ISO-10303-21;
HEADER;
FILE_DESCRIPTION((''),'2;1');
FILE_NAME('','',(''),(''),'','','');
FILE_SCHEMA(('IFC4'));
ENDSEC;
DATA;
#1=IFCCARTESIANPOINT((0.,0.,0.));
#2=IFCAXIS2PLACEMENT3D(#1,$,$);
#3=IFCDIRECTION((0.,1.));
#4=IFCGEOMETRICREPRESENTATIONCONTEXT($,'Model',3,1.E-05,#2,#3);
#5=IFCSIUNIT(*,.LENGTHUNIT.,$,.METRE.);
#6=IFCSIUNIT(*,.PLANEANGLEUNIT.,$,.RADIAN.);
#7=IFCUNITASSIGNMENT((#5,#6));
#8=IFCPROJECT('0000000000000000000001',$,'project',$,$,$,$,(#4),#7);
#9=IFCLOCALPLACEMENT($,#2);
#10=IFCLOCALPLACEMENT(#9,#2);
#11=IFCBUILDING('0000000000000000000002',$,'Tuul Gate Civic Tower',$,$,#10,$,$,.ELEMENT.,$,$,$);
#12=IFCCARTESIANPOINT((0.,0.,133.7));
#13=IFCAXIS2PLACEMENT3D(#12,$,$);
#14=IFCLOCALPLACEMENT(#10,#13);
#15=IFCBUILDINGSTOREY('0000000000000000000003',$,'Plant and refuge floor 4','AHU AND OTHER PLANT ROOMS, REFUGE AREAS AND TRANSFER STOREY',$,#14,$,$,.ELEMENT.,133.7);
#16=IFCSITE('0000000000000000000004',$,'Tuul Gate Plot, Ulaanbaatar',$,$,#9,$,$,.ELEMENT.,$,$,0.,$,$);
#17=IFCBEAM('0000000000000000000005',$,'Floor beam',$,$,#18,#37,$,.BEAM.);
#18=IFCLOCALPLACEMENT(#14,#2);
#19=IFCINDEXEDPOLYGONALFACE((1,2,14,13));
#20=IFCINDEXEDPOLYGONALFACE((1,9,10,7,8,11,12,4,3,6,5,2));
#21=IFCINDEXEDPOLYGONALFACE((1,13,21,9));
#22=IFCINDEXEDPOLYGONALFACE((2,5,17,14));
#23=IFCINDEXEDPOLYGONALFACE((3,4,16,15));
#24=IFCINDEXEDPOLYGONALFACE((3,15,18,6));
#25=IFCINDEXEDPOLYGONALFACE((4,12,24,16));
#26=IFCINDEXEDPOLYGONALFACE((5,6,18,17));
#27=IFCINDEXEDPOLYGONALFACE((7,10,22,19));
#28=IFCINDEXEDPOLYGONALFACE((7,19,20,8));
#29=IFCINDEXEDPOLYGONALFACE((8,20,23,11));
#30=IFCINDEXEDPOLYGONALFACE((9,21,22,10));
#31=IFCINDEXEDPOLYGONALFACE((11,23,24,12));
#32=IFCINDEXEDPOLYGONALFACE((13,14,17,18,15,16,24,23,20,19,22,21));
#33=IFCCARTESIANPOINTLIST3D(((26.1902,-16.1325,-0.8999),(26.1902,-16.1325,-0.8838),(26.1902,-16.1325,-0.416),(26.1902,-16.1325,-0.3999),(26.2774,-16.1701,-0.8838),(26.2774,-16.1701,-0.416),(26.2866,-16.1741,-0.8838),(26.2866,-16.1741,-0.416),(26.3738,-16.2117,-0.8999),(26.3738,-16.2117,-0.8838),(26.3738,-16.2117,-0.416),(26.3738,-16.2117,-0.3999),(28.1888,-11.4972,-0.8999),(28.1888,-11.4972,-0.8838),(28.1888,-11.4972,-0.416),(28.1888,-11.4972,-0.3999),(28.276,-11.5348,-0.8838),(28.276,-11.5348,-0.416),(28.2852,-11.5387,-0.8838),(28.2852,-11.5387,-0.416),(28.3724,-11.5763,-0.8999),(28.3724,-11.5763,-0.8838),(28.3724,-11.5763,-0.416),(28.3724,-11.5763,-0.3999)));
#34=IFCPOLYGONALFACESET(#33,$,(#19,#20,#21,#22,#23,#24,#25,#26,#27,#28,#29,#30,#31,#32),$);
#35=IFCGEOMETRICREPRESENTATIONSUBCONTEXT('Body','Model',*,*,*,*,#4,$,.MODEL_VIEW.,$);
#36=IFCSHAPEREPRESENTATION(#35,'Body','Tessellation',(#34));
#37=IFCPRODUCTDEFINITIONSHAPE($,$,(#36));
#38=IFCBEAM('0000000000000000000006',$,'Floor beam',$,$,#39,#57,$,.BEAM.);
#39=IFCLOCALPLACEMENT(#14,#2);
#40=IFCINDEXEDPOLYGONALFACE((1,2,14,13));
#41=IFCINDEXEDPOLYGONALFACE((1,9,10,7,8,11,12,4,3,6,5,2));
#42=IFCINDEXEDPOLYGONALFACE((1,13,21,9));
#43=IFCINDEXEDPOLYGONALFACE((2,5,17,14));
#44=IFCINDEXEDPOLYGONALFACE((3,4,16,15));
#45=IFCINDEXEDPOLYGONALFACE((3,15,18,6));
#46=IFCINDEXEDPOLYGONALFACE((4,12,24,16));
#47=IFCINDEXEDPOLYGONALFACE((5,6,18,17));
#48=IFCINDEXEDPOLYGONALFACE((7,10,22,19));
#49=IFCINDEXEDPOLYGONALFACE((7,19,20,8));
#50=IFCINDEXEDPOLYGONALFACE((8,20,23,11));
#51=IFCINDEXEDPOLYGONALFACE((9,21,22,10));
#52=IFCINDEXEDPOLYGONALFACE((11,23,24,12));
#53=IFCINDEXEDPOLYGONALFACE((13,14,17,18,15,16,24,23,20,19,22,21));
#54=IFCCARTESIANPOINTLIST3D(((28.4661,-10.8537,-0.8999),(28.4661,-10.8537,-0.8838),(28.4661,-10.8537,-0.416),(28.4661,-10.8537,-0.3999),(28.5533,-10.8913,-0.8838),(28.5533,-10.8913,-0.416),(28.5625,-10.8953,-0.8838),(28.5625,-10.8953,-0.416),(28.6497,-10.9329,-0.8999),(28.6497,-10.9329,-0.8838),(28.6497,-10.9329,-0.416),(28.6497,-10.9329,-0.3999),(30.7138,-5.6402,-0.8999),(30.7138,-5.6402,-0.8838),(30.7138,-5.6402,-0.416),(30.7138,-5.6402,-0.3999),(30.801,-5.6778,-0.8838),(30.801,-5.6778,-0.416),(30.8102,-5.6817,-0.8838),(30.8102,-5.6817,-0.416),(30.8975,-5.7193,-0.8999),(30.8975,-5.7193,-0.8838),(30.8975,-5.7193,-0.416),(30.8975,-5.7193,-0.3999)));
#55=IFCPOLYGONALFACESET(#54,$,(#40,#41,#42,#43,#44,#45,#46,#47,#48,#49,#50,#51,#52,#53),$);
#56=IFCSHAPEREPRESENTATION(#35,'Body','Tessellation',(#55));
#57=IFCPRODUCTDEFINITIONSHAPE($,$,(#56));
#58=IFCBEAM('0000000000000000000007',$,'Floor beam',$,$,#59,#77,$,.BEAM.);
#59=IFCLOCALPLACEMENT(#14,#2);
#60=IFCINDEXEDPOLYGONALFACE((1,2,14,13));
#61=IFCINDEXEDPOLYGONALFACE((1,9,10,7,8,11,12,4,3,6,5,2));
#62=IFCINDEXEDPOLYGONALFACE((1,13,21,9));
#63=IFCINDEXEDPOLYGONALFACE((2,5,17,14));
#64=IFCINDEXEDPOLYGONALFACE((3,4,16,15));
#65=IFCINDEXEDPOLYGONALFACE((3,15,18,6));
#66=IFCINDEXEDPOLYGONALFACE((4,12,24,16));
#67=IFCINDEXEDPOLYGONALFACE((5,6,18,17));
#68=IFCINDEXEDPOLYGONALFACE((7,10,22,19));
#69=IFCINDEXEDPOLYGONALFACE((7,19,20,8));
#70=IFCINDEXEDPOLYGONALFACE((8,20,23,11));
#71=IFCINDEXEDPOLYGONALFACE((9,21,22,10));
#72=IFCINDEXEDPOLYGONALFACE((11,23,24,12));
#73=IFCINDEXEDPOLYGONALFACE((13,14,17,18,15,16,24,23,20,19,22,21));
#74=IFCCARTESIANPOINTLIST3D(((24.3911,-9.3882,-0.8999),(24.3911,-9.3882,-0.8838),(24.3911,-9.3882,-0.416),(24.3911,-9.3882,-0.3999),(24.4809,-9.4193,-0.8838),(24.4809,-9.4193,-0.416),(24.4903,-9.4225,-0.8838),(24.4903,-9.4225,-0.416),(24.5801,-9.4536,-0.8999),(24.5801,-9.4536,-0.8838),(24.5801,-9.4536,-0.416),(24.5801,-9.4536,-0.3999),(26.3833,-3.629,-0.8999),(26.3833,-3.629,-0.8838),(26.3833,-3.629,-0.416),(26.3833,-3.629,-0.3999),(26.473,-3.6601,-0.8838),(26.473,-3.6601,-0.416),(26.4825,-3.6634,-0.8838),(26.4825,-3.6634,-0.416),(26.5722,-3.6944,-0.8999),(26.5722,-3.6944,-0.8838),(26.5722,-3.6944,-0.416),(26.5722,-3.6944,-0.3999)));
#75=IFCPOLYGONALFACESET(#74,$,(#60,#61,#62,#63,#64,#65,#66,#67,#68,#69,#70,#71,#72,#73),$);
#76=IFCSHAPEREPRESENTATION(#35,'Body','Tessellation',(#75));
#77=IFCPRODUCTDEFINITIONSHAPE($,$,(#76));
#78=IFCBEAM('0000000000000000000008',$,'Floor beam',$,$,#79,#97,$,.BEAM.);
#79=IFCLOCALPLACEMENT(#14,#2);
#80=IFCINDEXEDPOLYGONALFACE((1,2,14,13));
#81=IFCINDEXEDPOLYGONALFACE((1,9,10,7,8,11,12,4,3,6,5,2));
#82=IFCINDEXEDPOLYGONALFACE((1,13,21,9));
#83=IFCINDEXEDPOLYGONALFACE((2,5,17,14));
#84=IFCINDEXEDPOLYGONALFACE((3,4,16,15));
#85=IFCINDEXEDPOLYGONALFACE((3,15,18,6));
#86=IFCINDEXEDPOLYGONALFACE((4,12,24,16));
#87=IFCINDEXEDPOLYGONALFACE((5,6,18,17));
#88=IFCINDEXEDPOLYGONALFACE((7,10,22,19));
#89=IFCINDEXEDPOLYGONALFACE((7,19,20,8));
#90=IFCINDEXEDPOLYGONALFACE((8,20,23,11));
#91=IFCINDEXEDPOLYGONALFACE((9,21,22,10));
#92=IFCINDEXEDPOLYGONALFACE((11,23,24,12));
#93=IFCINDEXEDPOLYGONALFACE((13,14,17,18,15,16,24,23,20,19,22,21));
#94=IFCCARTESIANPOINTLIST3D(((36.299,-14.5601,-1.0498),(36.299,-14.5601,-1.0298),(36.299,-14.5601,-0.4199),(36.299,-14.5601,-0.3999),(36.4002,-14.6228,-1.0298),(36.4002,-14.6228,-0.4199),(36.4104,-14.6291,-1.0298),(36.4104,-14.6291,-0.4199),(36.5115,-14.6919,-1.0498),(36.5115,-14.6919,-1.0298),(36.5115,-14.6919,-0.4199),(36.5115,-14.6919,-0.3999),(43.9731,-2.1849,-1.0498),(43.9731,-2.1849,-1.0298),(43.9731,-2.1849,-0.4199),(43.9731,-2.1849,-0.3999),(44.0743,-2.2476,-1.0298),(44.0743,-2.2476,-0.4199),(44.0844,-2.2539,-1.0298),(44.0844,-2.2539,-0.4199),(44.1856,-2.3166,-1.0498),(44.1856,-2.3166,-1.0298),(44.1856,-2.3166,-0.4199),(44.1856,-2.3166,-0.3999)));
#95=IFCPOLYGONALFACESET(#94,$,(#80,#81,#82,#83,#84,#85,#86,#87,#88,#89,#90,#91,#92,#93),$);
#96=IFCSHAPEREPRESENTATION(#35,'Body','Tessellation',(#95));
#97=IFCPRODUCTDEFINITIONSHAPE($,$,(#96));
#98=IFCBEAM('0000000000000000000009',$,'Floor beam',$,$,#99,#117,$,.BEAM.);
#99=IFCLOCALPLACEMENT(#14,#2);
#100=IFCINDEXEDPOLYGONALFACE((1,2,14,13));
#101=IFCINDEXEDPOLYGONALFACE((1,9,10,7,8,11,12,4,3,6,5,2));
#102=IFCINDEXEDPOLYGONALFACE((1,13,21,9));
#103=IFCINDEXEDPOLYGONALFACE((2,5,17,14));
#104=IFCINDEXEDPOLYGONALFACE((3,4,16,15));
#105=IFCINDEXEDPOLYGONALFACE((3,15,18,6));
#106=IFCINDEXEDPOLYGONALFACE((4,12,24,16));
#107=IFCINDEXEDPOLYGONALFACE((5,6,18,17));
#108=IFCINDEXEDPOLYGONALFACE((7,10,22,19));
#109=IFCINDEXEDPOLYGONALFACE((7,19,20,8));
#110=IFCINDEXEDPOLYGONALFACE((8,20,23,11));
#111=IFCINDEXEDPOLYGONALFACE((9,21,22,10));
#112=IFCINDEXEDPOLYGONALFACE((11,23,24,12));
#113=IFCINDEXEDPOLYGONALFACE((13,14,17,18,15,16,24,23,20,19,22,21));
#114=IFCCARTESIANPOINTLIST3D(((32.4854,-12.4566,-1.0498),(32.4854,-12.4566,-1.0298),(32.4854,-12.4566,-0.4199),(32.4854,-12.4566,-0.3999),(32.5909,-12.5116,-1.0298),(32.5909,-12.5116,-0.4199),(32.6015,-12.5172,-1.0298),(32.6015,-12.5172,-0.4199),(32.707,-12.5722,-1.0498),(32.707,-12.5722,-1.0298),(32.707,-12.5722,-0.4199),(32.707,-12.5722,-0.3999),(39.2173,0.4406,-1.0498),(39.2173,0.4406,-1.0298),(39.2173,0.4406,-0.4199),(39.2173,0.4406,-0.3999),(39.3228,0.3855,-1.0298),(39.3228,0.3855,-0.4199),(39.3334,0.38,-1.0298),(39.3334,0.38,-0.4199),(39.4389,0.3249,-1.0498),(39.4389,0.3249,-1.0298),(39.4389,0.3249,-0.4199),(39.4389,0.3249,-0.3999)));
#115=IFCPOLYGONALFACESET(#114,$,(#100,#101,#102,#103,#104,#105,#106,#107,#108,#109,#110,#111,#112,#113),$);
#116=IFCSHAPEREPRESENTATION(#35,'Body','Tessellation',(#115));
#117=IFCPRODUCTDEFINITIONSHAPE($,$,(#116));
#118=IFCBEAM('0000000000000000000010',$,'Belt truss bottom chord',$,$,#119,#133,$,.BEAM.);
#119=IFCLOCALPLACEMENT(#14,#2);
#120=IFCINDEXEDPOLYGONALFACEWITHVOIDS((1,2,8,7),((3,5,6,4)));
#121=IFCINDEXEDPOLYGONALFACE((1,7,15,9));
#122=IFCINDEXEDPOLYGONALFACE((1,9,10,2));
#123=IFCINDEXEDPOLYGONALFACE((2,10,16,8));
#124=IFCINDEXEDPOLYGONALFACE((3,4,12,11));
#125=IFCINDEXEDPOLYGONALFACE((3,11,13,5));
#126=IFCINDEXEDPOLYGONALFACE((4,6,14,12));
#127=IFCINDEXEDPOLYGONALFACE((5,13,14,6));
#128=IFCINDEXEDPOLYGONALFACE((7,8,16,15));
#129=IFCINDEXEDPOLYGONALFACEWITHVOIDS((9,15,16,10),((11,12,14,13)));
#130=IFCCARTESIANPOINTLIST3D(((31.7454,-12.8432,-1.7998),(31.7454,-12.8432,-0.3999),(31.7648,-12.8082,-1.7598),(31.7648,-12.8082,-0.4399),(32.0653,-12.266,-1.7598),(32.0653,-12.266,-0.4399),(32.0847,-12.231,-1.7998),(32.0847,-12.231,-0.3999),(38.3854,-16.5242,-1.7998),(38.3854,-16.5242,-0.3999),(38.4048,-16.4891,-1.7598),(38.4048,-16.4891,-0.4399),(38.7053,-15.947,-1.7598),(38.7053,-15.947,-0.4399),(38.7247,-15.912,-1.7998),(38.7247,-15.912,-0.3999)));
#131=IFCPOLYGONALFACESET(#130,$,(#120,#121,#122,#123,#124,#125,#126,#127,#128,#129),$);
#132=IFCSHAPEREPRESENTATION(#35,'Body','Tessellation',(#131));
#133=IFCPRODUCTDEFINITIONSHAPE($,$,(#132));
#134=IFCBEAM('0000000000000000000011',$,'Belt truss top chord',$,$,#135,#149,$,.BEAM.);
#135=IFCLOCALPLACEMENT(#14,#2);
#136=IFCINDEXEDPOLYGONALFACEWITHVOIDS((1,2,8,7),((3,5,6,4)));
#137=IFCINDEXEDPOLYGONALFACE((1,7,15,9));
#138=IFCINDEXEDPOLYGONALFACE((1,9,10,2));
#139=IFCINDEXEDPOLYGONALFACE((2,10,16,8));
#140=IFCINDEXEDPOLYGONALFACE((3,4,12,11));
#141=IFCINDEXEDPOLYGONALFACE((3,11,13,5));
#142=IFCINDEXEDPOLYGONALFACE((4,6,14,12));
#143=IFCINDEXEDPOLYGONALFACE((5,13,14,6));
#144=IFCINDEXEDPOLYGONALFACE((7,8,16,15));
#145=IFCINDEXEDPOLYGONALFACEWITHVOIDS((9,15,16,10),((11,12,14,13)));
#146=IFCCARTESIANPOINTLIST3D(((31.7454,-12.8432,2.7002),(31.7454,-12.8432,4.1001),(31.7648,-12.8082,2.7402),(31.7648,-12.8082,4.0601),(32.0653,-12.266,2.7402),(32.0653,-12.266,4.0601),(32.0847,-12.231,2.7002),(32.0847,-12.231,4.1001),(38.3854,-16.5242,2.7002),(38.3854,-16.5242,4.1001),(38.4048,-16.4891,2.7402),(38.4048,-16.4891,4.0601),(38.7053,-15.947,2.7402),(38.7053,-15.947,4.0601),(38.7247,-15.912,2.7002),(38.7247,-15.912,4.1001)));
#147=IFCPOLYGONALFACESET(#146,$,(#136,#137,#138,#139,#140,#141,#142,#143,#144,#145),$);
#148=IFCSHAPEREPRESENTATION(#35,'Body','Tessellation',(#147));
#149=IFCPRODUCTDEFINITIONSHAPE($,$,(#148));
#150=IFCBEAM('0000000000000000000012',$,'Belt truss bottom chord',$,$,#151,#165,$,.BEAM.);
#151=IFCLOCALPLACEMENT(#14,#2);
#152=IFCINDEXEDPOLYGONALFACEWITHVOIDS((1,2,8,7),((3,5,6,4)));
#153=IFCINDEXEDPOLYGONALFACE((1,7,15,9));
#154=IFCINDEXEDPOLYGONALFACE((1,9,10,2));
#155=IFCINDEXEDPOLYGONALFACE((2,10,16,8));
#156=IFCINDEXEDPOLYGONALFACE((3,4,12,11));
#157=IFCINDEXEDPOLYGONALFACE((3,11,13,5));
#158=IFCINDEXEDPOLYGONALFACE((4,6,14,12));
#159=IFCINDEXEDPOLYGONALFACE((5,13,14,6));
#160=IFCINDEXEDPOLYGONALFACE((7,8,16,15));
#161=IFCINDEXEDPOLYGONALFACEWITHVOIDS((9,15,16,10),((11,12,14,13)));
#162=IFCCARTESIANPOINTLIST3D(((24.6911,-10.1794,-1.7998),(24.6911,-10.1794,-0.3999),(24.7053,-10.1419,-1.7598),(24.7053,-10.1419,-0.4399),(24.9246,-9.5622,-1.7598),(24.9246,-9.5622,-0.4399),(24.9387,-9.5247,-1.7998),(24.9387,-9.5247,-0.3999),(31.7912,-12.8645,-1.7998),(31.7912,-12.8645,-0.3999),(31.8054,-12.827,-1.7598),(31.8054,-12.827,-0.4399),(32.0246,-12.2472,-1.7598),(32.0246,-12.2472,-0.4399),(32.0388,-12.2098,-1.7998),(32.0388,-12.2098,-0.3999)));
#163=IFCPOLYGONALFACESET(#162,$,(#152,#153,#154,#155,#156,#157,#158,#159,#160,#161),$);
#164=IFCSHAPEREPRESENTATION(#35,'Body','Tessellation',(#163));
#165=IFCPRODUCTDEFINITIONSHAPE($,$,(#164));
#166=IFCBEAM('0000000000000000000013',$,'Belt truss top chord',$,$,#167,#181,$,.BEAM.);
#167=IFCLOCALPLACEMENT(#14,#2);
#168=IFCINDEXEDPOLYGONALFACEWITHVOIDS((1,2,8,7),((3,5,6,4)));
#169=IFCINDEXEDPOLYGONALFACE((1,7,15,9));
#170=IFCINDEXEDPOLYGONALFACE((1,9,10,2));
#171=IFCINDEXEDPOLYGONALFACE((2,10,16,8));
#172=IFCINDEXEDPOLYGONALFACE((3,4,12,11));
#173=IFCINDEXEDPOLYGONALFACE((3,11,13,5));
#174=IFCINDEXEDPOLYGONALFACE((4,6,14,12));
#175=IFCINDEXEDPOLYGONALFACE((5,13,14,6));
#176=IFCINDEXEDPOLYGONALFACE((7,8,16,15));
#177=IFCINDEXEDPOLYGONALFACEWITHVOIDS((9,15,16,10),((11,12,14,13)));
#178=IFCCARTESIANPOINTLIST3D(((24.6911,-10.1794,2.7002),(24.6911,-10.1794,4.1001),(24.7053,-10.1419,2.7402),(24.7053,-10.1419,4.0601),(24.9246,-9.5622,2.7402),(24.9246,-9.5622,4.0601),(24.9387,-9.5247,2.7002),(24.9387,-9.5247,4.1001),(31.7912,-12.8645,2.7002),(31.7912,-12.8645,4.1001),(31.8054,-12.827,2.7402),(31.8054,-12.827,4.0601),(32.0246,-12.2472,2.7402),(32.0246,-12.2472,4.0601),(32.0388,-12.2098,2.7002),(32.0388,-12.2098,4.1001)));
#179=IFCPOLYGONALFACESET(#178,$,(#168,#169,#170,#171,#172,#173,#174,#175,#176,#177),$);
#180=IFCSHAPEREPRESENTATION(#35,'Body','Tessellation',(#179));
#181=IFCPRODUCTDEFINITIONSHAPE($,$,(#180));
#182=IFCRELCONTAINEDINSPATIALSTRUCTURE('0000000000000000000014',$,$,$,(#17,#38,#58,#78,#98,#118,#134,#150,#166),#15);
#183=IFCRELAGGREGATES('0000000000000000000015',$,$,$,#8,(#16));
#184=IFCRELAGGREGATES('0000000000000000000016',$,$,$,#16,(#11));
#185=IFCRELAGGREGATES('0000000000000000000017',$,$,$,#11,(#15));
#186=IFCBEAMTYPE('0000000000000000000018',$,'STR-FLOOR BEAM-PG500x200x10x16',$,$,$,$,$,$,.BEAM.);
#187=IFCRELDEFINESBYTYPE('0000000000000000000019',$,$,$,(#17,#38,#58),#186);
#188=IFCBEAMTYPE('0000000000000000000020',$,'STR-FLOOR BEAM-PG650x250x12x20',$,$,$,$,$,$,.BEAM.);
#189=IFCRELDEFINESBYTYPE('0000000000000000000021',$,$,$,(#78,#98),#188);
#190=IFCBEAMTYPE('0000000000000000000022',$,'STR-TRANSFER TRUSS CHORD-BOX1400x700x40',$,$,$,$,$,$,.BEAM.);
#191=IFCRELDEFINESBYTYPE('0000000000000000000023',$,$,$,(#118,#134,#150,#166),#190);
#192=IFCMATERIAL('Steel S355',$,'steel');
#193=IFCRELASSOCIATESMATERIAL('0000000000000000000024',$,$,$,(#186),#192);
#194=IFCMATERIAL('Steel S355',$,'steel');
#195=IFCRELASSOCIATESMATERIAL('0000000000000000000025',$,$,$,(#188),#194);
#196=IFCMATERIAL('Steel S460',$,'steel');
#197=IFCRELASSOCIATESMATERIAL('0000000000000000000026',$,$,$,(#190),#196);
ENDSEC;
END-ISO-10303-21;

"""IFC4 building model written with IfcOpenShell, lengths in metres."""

from ifc_helpers import new_model, si_unit, direction, frame, origin, origin_2d, place, context, subcontext, project, spatial, hollow_rectangle, i_section, extrude, material, material_profile, profile_set, type_object, element, save


model = new_model("IFC4")

# Units and contexts
model_context = context("Model", 3, precision=1e-05, world=origin(), true_north=direction((0.0, 1.0)))
body_context = subcontext(model_context, "Body", "Model", "MODEL_VIEW")
ifc_project = project(units=[si_unit("LENGTHUNIT", "METRE"), si_unit("PLANEANGLEUNIT", "RADIAN")], contexts=[model_context])

# Site, building, storey
site_placement = place(None, origin())
site = spatial("IfcSite", under=ifc_project, at=site_placement, Name="Tuul Gate Plot, Ulaanbaatar", CompositionType="ELEMENT", RefElevation=0.0)
building_placement = place(site_placement, origin())
building = spatial("IfcBuilding", under=site, at=building_placement, Name="Tuul Gate Civic Tower", CompositionType="ELEMENT")
storey_placement = place(building_placement, frame((0.0, 0.0, 133.7)))
storey = spatial("IfcBuildingStorey", under=building, at=storey_placement, Name="Plant and refuge floor 4", Description="AHU AND OTHER PLANT ROOMS, REFUGE AREAS AND TRANSFER STOREY", CompositionType="ELEMENT", Elevation=133.7)

# Beams
ifc_material_1 = material(Name="Steel S355", Category="steel")
ifc_material_profile_1 = material_profile(ifc_material_1, i_section(OverallWidth=0.2, OverallDepth=0.5, WebThickness=0.01, FlangeThickness=0.0161, at=origin_2d()), Name="PG500x200x10x16")
ifc_profile_set_1 = profile_set([ifc_material_profile_1], Name="Steel S355")
beam_type_1 = type_object("IfcBeamType", Name="STR-FLOOR BEAM-PG500x200x10x16", PredefinedType="BEAM", material=ifc_profile_set_1)
beam_1_placement = place(storey_placement, frame((26.282, -16.1721, -0.6499), z_axis=(0.395926, 0.918282, 0.0), x_axis=(-0.918282, 0.395926, 0.0)))
element("IfcBeam", 1, at=beam_1_placement, inside=storey, type_object=beam_type_1, Name="Floor beam", PredefinedType="BEAM", context=body_context, shape_type="SweptSolid", body=[
    extrude(i_section(OverallWidth=0.2, OverallDepth=0.5, WebThickness=0.01, FlangeThickness=0.0161, at=origin_2d()), origin(), (0.0, 0.0, 1.0), 5.0479),
])
beam_2_placement = place(storey_placement, frame((28.5579, -10.8933, -0.6499), z_axis=(0.395911, 0.918289, 0.0), x_axis=(-0.918289, 0.395911, 0.0)))
element("IfcBeam", 2, at=beam_2_placement, inside=storey, type_object=beam_type_1, Name="Floor beam", PredefinedType="BEAM", context=body_context, shape_type="SweptSolid", body=[
    extrude(i_section(OverallWidth=0.2, OverallDepth=0.5, WebThickness=0.01, FlangeThickness=0.0161, at=origin_2d()), origin(), (0.0, 0.0, 1.0), 5.6775),
])
beam_3_placement = place(storey_placement, frame((24.4856, -9.4209, -0.6499), z_axis=(0.326904, 0.945057, 0.0), x_axis=(-0.945057, 0.326904, 0.0)))
element("IfcBeam", 3, at=beam_3_placement, inside=storey, type_object=beam_type_1, Name="Floor beam", PredefinedType="BEAM", context=body_context, shape_type="SweptSolid", body=[
    extrude(i_section(OverallWidth=0.2, OverallDepth=0.5, WebThickness=0.01, FlangeThickness=0.0161, at=origin_2d()), origin(), (0.0, 0.0, 1.0), 6.094),
])
ifc_material_2 = material(Name="Steel S355", Category="steel")
ifc_material_profile_2 = material_profile(ifc_material_2, i_section(OverallWidth=0.25, OverallDepth=0.6499, WebThickness=0.012, FlangeThickness=0.02, at=origin_2d()), Name="PG650x250x12x20")
ifc_profile_set_2 = profile_set([ifc_material_profile_2], Name="Steel S355")
beam_type_2 = type_object("IfcBeamType", Name="STR-FLOOR BEAM-PG650x250x12x20", PredefinedType="BEAM", material=ifc_profile_set_2)
beam_4_placement = place(storey_placement, frame((36.4053, -14.626, -0.7249), z_axis=(0.52701, 0.849859, 0.0), x_axis=(-0.849859, 0.52701, 0.0)))
element("IfcBeam", 4, at=beam_4_placement, inside=storey, type_object=beam_type_2, Name="Floor beam", PredefinedType="BEAM", context=body_context, shape_type="SweptSolid", body=[
    extrude(i_section(OverallWidth=0.25, OverallDepth=0.6499, WebThickness=0.012, FlangeThickness=0.02, at=origin_2d()), origin(), (0.0, 0.0, 1.0), 14.5615),
])
beam_5_placement = place(storey_placement, frame((32.5962, -12.5144, -0.7249), z_axis=(0.462725, 0.886502, 0.0), x_axis=(-0.886502, 0.462725, 0.0)))
element("IfcBeam", 5, at=beam_5_placement, inside=storey, type_object=beam_type_2, Name="Floor beam", PredefinedType="BEAM", context=body_context, shape_type="SweptSolid", body=[
    extrude(i_section(OverallWidth=0.25, OverallDepth=0.6499, WebThickness=0.012, FlangeThickness=0.02, at=origin_2d()), origin(), (0.0, 0.0, 1.0), 14.5483),
])
ifc_material_3 = material(Name="Steel S460", Category="steel")
ifc_material_profile_3 = material_profile(ifc_material_3, hollow_rectangle(XDim=0.7, YDim=1.3999, WallThickness=0.04, at=origin_2d()), Name="BOX1400x700x40")
ifc_profile_set_3 = profile_set([ifc_material_profile_3], Name="Steel S460")
beam_type_3 = type_object("IfcBeamType", Name="STR-TRANSFER TRUSS CHORD-BOX1400x700x40", PredefinedType="BEAM", material=ifc_profile_set_3)
for number, where, z_axis, x_axis, name in (
    (6, (31.915, -12.5371, -1.0999), (0.8746, -0.484845, 0.0), (0.484845, 0.8746, 0.0), "Belt truss bottom chord"),
    (7, (31.915, -12.5371, 3.4001), (0.8746, -0.484845, 0.0), (0.484845, 0.8746, 0.0), "Belt truss top chord"),
):
    element("IfcBeam", number, at=place(storey_placement, frame(where, z_axis=z_axis, x_axis=x_axis)), inside=storey, type_object=beam_type_3, Name=name, PredefinedType="BEAM", context=body_context, shape_type="SweptSolid", body=[
        extrude(hollow_rectangle(XDim=0.7, YDim=1.3999, WallThickness=0.04, at=origin_2d()), origin(), (0.0, 0.0, 1.0), 7.592),
    ])
for number, where, z_axis, x_axis, name in (
    (8, (24.8149, -9.8521, -1.0999), (0.93535, -0.353723, 0.0), (0.353723, 0.93535, 0.0), "Belt truss bottom chord"),
    (9, (24.8149, -9.8521, 3.4001), (0.93535, -0.353723, 0.0), (0.353723, 0.93535, 0.0), "Belt truss top chord"),
):
    element("IfcBeam", number, at=place(storey_placement, frame(where, z_axis=z_axis, x_axis=x_axis)), inside=storey, type_object=beam_type_3, Name=name, PredefinedType="BEAM", context=body_context, shape_type="SweptSolid", body=[
        extrude(hollow_rectangle(XDim=0.7, YDim=1.3999, WallThickness=0.04, at=origin_2d()), origin(), (0.0, 0.0, 1.0), 7.5908),
    ])

save(model, "model.ifc")
